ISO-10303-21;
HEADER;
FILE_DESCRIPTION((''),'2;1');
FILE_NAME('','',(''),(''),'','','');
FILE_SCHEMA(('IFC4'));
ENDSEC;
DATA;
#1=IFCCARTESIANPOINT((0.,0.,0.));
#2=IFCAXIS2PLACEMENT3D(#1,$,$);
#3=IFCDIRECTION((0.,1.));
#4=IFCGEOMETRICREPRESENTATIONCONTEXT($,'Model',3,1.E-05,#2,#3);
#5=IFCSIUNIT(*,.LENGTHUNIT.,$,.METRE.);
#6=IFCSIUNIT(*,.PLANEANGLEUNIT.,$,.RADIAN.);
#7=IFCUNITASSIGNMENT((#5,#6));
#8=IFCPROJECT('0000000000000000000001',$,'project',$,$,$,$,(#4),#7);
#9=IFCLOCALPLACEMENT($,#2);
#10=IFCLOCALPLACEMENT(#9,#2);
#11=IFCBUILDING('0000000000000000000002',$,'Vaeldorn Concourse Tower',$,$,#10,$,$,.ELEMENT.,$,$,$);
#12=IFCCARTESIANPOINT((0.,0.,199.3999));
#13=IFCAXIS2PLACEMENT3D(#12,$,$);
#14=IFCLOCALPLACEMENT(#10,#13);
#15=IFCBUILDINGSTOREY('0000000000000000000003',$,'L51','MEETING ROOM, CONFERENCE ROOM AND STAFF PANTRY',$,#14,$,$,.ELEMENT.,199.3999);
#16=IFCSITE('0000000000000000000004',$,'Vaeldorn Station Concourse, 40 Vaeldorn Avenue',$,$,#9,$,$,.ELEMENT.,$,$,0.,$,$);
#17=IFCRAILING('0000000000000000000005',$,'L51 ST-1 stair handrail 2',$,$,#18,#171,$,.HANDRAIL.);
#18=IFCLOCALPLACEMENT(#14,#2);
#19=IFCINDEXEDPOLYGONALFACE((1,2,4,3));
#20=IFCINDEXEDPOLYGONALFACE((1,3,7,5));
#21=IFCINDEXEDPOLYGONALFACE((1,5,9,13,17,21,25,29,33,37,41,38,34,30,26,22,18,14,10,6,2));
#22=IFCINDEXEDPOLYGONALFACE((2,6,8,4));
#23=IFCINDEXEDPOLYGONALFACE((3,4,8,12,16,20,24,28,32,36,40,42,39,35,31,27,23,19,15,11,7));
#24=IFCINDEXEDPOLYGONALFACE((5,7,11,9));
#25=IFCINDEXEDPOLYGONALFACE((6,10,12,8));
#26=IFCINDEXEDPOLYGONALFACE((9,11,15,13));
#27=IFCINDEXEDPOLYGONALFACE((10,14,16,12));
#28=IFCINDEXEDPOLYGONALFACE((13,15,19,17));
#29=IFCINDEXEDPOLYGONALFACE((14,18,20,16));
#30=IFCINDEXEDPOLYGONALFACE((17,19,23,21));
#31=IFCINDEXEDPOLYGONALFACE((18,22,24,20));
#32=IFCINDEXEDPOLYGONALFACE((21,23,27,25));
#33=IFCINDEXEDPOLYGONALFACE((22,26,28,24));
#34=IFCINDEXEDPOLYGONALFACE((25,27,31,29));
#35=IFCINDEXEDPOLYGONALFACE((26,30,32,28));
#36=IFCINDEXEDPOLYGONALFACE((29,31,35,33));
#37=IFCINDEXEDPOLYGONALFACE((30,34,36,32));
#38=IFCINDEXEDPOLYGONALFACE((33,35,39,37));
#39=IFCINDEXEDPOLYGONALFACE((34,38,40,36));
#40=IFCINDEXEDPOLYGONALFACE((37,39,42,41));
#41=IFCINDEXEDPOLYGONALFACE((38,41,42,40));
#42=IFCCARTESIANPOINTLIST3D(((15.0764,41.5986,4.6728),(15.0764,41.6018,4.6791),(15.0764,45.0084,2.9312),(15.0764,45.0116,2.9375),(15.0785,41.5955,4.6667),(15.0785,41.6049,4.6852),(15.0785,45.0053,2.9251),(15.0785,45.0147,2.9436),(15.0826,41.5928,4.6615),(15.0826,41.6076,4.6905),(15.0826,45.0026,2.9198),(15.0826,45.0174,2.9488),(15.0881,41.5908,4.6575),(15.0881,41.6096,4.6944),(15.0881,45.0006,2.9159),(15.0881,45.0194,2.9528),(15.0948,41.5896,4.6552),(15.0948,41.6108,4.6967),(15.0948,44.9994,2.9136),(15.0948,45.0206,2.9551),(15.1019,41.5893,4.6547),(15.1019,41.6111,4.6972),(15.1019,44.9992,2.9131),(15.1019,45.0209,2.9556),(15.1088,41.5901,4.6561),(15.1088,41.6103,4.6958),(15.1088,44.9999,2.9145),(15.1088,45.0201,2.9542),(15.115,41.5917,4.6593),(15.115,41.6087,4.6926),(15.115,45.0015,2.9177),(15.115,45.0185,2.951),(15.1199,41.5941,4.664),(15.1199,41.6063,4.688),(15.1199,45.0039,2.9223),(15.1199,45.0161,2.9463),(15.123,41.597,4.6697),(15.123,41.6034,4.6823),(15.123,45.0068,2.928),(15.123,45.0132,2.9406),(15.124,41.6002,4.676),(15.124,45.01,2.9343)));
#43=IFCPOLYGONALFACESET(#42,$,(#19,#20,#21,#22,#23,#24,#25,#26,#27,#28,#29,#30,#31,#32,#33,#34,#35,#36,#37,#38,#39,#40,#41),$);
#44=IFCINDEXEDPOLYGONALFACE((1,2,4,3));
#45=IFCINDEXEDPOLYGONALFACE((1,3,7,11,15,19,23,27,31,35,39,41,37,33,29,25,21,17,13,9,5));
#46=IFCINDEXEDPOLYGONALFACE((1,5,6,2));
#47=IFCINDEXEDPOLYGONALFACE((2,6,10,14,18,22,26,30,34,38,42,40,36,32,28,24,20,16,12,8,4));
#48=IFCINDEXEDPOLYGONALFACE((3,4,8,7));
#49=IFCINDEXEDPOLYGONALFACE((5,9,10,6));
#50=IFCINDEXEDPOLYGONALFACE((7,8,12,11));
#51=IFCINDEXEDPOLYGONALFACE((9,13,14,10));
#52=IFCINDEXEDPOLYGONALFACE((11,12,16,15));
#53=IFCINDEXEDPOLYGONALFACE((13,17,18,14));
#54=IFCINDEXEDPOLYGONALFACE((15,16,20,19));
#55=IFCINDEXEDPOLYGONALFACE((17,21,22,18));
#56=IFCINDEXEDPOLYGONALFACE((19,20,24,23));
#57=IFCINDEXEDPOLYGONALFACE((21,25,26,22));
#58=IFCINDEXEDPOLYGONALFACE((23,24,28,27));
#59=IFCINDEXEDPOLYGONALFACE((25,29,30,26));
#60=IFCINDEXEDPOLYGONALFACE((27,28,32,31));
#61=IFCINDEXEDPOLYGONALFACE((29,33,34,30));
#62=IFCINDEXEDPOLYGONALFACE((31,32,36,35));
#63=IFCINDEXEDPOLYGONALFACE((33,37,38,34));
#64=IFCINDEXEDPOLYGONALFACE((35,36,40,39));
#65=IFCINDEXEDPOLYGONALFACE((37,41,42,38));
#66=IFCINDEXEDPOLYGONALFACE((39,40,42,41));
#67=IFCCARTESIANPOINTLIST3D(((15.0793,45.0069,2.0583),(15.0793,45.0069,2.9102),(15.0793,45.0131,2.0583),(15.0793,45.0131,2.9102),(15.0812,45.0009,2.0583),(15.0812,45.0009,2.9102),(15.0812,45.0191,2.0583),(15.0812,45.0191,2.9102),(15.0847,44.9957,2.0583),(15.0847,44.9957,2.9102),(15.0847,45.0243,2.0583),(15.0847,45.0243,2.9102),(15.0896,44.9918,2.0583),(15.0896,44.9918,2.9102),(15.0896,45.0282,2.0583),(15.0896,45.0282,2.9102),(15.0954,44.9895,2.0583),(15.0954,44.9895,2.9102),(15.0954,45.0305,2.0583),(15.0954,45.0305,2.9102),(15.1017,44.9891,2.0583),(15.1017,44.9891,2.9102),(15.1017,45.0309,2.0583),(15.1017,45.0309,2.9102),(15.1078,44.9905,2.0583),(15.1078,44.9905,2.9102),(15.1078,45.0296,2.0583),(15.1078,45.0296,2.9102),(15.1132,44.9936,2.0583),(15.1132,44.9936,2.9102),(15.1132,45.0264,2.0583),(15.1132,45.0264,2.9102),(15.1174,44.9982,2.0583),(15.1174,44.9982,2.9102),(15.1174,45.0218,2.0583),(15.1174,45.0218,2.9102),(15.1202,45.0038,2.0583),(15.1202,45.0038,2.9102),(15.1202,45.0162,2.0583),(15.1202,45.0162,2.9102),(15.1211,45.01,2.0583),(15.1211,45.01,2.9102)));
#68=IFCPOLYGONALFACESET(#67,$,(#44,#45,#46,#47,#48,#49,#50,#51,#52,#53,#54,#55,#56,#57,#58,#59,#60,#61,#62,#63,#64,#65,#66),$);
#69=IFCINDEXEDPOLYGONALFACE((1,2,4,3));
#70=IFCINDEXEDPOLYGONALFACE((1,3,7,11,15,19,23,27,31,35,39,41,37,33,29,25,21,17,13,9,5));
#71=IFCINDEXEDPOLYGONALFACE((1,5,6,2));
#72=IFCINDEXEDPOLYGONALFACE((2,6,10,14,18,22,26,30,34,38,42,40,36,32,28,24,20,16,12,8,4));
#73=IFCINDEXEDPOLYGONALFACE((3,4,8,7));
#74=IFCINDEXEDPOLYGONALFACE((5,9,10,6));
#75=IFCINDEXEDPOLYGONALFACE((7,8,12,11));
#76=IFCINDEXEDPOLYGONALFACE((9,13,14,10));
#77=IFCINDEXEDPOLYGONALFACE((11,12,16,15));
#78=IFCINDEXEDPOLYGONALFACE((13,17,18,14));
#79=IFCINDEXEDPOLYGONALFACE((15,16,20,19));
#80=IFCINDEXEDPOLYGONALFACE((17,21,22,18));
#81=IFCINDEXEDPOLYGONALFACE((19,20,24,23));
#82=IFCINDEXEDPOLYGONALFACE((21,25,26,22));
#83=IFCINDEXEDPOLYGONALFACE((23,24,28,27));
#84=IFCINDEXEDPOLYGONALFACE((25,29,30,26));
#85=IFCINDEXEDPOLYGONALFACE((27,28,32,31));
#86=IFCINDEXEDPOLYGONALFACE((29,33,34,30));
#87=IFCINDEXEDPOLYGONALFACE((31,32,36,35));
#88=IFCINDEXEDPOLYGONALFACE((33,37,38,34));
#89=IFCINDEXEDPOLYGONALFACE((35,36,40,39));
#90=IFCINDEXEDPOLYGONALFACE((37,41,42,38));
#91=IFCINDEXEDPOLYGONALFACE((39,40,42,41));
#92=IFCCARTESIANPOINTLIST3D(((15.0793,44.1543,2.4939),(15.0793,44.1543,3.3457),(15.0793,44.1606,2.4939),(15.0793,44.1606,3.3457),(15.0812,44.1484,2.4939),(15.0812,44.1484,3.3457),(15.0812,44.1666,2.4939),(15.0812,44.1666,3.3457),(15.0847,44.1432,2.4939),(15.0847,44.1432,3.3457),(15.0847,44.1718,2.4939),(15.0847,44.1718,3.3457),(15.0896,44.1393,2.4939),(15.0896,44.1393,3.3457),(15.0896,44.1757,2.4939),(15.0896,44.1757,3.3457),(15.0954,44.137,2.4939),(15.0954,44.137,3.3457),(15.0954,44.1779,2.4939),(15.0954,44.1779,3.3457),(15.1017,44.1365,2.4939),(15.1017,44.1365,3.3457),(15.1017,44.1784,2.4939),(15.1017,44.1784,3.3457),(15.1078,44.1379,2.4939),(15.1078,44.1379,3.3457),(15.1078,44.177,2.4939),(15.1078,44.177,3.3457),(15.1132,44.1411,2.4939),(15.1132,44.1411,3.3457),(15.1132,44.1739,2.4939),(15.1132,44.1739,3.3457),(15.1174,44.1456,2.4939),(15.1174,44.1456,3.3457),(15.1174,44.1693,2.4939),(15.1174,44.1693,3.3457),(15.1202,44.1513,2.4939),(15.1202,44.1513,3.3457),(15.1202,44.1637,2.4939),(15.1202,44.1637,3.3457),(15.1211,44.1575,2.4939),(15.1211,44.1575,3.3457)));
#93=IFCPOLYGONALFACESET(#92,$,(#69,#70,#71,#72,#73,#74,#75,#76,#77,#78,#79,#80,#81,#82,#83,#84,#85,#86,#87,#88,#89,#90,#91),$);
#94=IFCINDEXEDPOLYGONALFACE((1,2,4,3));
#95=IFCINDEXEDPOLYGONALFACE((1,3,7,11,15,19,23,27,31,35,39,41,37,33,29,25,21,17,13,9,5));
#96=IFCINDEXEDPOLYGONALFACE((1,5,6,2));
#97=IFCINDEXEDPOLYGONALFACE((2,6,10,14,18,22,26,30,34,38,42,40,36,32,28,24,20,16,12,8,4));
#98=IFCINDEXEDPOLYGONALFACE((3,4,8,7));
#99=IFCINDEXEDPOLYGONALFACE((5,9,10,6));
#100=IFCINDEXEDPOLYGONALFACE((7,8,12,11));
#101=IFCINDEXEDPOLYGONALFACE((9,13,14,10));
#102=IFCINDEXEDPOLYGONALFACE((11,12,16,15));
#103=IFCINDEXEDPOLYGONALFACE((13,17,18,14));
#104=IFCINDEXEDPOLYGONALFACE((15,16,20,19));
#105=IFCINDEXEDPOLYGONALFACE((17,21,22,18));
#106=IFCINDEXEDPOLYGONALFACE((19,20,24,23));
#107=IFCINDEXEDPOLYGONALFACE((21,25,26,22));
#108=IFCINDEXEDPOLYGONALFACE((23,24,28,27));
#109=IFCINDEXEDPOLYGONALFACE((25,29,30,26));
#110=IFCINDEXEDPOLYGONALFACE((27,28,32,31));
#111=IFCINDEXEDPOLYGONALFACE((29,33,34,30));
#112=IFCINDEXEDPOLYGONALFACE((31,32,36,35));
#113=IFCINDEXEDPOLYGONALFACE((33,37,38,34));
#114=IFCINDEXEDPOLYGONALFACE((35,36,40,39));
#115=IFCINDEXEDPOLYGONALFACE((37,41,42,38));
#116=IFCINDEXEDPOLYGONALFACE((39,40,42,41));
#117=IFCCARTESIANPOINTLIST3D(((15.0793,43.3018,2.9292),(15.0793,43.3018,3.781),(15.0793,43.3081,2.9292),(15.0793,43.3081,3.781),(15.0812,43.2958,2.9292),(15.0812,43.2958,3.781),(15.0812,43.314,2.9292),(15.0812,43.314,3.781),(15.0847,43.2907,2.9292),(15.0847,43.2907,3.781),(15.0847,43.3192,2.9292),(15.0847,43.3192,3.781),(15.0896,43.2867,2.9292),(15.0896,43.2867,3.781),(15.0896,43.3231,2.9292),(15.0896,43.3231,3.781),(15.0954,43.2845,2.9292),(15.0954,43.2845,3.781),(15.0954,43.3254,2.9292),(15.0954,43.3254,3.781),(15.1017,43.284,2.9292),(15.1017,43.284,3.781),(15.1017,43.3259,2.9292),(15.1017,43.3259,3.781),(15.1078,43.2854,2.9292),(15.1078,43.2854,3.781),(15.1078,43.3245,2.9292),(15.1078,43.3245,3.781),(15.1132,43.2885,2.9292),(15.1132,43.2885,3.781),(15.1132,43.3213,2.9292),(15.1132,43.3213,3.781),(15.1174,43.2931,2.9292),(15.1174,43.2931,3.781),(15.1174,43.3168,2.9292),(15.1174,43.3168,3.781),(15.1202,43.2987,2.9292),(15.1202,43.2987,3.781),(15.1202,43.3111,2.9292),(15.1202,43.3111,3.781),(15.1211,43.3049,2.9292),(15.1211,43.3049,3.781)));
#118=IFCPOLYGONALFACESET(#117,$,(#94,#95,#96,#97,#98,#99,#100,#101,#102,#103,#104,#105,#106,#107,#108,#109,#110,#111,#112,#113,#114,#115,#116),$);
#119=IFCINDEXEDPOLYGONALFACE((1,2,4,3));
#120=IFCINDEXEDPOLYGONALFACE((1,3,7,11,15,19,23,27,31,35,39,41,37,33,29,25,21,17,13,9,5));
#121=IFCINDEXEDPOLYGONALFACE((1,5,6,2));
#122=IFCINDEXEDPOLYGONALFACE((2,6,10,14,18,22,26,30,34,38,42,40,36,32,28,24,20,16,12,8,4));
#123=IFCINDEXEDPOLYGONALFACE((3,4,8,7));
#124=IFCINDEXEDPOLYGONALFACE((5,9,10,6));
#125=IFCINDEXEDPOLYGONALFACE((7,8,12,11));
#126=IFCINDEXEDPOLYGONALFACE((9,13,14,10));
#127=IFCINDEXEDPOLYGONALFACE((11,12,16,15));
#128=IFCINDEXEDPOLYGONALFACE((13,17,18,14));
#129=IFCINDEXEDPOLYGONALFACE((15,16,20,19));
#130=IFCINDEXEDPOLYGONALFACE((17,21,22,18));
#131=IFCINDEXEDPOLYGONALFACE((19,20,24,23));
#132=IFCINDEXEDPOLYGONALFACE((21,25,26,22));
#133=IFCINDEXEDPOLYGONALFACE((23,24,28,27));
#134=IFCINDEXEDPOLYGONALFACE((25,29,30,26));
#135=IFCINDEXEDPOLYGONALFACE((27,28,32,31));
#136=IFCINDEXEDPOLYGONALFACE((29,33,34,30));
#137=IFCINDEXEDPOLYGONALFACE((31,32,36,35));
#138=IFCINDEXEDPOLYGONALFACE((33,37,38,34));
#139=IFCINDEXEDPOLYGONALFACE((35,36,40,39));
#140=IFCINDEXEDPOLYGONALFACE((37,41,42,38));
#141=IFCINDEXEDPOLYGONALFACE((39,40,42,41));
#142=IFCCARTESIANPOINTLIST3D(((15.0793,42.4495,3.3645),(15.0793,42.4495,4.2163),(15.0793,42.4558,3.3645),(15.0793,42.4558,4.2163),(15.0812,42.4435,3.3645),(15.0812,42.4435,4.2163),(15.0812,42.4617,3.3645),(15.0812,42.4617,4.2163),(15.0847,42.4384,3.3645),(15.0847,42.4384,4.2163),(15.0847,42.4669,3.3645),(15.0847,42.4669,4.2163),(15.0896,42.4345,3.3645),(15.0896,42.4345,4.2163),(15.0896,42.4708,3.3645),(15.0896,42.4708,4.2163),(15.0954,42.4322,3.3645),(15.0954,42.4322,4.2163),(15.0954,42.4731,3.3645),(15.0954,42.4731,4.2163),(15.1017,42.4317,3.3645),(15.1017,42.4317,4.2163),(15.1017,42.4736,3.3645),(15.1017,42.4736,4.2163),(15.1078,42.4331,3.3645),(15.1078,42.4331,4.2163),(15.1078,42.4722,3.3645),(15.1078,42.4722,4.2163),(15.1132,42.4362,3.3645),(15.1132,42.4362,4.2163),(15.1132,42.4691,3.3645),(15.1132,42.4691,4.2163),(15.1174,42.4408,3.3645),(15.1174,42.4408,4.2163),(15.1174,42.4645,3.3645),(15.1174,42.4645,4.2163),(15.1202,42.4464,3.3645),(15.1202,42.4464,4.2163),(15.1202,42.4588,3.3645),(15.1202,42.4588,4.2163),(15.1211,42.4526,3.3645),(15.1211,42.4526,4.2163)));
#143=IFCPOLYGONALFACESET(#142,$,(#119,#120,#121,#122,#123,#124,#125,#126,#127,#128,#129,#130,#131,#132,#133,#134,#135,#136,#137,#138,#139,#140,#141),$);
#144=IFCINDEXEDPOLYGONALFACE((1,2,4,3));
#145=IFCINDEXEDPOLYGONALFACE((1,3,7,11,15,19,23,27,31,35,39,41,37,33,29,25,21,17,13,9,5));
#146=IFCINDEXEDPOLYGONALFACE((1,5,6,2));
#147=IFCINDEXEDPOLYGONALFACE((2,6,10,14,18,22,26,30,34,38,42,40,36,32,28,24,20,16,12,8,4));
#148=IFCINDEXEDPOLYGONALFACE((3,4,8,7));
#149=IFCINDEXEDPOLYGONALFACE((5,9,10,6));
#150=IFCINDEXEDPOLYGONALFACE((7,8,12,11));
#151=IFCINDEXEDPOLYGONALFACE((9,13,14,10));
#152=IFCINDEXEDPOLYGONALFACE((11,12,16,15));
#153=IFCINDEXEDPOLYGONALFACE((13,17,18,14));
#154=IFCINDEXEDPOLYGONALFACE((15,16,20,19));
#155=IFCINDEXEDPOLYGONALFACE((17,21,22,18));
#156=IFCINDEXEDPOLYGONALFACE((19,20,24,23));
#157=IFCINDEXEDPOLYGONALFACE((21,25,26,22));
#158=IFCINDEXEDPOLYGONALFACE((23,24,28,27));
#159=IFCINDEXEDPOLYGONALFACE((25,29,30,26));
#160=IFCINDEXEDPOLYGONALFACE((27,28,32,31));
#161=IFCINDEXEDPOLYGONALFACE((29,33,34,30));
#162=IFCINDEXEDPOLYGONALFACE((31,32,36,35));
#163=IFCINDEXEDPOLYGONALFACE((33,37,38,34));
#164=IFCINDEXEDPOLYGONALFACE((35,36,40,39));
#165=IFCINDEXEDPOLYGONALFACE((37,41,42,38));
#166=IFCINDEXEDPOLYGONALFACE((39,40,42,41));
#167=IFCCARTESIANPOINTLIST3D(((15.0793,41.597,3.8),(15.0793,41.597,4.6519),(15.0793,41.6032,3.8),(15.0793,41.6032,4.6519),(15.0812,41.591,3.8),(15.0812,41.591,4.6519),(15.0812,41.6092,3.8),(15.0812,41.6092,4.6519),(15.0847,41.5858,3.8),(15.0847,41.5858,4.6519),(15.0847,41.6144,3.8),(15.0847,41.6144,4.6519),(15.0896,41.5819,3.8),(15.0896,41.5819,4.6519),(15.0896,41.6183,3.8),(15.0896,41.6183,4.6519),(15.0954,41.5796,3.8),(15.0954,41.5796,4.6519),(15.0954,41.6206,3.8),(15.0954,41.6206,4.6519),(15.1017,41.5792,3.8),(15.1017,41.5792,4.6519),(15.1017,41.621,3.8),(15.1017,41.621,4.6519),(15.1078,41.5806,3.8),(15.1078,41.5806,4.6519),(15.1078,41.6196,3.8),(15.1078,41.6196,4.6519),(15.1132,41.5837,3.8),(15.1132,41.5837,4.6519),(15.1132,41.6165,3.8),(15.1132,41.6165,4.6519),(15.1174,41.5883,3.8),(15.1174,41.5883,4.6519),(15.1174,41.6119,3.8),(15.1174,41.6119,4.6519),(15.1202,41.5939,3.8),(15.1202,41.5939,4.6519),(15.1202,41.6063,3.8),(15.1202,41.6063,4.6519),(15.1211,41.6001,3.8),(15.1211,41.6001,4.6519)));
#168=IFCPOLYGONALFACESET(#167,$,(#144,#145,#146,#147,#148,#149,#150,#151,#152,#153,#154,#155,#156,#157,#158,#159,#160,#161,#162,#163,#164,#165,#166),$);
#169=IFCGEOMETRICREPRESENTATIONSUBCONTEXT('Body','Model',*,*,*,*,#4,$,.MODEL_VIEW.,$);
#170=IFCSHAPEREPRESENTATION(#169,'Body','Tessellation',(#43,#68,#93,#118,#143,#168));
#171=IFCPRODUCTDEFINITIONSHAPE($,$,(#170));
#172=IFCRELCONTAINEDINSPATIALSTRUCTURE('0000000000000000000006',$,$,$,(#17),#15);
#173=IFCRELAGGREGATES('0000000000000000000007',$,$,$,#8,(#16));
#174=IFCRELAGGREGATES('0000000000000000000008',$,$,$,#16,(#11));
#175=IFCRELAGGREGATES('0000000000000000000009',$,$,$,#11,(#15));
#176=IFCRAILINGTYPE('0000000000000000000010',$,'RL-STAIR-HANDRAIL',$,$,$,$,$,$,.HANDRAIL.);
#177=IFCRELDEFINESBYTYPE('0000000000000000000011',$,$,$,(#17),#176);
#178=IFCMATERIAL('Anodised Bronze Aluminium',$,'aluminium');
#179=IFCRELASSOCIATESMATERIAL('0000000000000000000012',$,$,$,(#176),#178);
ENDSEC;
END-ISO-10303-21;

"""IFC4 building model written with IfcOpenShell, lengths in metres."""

from ifc_helpers import new_model, si_unit, direction, frame, origin, origin_2d, place, context, subcontext, project, spatial, circle, extrude, material, type_object, element, save


model = new_model("IFC4")

# Units and contexts
model_context = context("Model", 3, precision=1e-05, world=origin(), true_north=direction((0.0, 1.0)))
body_context = subcontext(model_context, "Body", "Model", "MODEL_VIEW")
ifc_project = project(units=[si_unit("LENGTHUNIT", "METRE"), si_unit("PLANEANGLEUNIT", "RADIAN")], contexts=[model_context])

# Site, building, storey
site_placement = place(None, origin())
site = spatial("IfcSite", under=ifc_project, at=site_placement, Name="Vaeldorn Station Concourse, 40 Vaeldorn Avenue", CompositionType="ELEMENT", RefElevation=0.0)
building_placement = place(site_placement, origin())
building = spatial("IfcBuilding", under=site, at=building_placement, Name="Vaeldorn Concourse Tower", CompositionType="ELEMENT")
storey_placement = place(building_placement, frame((0.0, 0.0, 199.3999)))
storey = spatial("IfcBuildingStorey", under=building, at=storey_placement, Name="L51", Description="MEETING ROOM, CONFERENCE ROOM AND STAFF PANTRY", CompositionType="ELEMENT", Elevation=199.3999)

# Shared definitions
ifc_material_1 = material(Name="Anodised Bronze Aluminium", Category="aluminium")

# Railing
railing_type_1 = type_object("IfcRailingType", Name="RL-STAIR-HANDRAIL", PredefinedType="HANDRAIL", material=ifc_material_1)
railing_1_placement = place(storey_placement, frame((15.1001, 45.01, 2.0583)))
element("IfcRailing", 1, at=railing_1_placement, inside=storey, type_object=railing_type_1, Name="L51 ST-1 stair handrail 2", PredefinedType="HANDRAIL", context=body_context, shape_type="SweptSolid", body=[
    extrude(circle(Radius=0.0239, at=origin_2d()), frame((0.0, 0.0, 0.876), z_axis=(0.0, -0.890556, 0.454874), x_axis=(1.0, 0.0, 0.0)), (0.0, 0.0, 1.0), 3.8289),
    extrude(circle(Radius=0.021, at=origin_2d()), origin(), (0.0, 0.0, 1.0), 0.8518),
    extrude(circle(Radius=0.021, at=origin_2d()), frame((0.0, -0.8525, 0.4355)), (0.0, 0.0, 1.0), 0.8518),
    extrude(circle(Radius=0.021, at=origin_2d()), frame((0.0, -1.7051, 0.8708)), (0.0, 0.0, 1.0), 0.8518),
    extrude(circle(Radius=0.021, at=origin_2d()), frame((0.0, -2.5574, 1.3062)), (0.0, 0.0, 1.0), 0.8518),
    extrude(circle(Radius=0.021, at=origin_2d()), frame((0.0, -3.4099, 1.7417)), (0.0, 0.0, 1.0), 0.8518),
])

save(model, "model.ifc")
